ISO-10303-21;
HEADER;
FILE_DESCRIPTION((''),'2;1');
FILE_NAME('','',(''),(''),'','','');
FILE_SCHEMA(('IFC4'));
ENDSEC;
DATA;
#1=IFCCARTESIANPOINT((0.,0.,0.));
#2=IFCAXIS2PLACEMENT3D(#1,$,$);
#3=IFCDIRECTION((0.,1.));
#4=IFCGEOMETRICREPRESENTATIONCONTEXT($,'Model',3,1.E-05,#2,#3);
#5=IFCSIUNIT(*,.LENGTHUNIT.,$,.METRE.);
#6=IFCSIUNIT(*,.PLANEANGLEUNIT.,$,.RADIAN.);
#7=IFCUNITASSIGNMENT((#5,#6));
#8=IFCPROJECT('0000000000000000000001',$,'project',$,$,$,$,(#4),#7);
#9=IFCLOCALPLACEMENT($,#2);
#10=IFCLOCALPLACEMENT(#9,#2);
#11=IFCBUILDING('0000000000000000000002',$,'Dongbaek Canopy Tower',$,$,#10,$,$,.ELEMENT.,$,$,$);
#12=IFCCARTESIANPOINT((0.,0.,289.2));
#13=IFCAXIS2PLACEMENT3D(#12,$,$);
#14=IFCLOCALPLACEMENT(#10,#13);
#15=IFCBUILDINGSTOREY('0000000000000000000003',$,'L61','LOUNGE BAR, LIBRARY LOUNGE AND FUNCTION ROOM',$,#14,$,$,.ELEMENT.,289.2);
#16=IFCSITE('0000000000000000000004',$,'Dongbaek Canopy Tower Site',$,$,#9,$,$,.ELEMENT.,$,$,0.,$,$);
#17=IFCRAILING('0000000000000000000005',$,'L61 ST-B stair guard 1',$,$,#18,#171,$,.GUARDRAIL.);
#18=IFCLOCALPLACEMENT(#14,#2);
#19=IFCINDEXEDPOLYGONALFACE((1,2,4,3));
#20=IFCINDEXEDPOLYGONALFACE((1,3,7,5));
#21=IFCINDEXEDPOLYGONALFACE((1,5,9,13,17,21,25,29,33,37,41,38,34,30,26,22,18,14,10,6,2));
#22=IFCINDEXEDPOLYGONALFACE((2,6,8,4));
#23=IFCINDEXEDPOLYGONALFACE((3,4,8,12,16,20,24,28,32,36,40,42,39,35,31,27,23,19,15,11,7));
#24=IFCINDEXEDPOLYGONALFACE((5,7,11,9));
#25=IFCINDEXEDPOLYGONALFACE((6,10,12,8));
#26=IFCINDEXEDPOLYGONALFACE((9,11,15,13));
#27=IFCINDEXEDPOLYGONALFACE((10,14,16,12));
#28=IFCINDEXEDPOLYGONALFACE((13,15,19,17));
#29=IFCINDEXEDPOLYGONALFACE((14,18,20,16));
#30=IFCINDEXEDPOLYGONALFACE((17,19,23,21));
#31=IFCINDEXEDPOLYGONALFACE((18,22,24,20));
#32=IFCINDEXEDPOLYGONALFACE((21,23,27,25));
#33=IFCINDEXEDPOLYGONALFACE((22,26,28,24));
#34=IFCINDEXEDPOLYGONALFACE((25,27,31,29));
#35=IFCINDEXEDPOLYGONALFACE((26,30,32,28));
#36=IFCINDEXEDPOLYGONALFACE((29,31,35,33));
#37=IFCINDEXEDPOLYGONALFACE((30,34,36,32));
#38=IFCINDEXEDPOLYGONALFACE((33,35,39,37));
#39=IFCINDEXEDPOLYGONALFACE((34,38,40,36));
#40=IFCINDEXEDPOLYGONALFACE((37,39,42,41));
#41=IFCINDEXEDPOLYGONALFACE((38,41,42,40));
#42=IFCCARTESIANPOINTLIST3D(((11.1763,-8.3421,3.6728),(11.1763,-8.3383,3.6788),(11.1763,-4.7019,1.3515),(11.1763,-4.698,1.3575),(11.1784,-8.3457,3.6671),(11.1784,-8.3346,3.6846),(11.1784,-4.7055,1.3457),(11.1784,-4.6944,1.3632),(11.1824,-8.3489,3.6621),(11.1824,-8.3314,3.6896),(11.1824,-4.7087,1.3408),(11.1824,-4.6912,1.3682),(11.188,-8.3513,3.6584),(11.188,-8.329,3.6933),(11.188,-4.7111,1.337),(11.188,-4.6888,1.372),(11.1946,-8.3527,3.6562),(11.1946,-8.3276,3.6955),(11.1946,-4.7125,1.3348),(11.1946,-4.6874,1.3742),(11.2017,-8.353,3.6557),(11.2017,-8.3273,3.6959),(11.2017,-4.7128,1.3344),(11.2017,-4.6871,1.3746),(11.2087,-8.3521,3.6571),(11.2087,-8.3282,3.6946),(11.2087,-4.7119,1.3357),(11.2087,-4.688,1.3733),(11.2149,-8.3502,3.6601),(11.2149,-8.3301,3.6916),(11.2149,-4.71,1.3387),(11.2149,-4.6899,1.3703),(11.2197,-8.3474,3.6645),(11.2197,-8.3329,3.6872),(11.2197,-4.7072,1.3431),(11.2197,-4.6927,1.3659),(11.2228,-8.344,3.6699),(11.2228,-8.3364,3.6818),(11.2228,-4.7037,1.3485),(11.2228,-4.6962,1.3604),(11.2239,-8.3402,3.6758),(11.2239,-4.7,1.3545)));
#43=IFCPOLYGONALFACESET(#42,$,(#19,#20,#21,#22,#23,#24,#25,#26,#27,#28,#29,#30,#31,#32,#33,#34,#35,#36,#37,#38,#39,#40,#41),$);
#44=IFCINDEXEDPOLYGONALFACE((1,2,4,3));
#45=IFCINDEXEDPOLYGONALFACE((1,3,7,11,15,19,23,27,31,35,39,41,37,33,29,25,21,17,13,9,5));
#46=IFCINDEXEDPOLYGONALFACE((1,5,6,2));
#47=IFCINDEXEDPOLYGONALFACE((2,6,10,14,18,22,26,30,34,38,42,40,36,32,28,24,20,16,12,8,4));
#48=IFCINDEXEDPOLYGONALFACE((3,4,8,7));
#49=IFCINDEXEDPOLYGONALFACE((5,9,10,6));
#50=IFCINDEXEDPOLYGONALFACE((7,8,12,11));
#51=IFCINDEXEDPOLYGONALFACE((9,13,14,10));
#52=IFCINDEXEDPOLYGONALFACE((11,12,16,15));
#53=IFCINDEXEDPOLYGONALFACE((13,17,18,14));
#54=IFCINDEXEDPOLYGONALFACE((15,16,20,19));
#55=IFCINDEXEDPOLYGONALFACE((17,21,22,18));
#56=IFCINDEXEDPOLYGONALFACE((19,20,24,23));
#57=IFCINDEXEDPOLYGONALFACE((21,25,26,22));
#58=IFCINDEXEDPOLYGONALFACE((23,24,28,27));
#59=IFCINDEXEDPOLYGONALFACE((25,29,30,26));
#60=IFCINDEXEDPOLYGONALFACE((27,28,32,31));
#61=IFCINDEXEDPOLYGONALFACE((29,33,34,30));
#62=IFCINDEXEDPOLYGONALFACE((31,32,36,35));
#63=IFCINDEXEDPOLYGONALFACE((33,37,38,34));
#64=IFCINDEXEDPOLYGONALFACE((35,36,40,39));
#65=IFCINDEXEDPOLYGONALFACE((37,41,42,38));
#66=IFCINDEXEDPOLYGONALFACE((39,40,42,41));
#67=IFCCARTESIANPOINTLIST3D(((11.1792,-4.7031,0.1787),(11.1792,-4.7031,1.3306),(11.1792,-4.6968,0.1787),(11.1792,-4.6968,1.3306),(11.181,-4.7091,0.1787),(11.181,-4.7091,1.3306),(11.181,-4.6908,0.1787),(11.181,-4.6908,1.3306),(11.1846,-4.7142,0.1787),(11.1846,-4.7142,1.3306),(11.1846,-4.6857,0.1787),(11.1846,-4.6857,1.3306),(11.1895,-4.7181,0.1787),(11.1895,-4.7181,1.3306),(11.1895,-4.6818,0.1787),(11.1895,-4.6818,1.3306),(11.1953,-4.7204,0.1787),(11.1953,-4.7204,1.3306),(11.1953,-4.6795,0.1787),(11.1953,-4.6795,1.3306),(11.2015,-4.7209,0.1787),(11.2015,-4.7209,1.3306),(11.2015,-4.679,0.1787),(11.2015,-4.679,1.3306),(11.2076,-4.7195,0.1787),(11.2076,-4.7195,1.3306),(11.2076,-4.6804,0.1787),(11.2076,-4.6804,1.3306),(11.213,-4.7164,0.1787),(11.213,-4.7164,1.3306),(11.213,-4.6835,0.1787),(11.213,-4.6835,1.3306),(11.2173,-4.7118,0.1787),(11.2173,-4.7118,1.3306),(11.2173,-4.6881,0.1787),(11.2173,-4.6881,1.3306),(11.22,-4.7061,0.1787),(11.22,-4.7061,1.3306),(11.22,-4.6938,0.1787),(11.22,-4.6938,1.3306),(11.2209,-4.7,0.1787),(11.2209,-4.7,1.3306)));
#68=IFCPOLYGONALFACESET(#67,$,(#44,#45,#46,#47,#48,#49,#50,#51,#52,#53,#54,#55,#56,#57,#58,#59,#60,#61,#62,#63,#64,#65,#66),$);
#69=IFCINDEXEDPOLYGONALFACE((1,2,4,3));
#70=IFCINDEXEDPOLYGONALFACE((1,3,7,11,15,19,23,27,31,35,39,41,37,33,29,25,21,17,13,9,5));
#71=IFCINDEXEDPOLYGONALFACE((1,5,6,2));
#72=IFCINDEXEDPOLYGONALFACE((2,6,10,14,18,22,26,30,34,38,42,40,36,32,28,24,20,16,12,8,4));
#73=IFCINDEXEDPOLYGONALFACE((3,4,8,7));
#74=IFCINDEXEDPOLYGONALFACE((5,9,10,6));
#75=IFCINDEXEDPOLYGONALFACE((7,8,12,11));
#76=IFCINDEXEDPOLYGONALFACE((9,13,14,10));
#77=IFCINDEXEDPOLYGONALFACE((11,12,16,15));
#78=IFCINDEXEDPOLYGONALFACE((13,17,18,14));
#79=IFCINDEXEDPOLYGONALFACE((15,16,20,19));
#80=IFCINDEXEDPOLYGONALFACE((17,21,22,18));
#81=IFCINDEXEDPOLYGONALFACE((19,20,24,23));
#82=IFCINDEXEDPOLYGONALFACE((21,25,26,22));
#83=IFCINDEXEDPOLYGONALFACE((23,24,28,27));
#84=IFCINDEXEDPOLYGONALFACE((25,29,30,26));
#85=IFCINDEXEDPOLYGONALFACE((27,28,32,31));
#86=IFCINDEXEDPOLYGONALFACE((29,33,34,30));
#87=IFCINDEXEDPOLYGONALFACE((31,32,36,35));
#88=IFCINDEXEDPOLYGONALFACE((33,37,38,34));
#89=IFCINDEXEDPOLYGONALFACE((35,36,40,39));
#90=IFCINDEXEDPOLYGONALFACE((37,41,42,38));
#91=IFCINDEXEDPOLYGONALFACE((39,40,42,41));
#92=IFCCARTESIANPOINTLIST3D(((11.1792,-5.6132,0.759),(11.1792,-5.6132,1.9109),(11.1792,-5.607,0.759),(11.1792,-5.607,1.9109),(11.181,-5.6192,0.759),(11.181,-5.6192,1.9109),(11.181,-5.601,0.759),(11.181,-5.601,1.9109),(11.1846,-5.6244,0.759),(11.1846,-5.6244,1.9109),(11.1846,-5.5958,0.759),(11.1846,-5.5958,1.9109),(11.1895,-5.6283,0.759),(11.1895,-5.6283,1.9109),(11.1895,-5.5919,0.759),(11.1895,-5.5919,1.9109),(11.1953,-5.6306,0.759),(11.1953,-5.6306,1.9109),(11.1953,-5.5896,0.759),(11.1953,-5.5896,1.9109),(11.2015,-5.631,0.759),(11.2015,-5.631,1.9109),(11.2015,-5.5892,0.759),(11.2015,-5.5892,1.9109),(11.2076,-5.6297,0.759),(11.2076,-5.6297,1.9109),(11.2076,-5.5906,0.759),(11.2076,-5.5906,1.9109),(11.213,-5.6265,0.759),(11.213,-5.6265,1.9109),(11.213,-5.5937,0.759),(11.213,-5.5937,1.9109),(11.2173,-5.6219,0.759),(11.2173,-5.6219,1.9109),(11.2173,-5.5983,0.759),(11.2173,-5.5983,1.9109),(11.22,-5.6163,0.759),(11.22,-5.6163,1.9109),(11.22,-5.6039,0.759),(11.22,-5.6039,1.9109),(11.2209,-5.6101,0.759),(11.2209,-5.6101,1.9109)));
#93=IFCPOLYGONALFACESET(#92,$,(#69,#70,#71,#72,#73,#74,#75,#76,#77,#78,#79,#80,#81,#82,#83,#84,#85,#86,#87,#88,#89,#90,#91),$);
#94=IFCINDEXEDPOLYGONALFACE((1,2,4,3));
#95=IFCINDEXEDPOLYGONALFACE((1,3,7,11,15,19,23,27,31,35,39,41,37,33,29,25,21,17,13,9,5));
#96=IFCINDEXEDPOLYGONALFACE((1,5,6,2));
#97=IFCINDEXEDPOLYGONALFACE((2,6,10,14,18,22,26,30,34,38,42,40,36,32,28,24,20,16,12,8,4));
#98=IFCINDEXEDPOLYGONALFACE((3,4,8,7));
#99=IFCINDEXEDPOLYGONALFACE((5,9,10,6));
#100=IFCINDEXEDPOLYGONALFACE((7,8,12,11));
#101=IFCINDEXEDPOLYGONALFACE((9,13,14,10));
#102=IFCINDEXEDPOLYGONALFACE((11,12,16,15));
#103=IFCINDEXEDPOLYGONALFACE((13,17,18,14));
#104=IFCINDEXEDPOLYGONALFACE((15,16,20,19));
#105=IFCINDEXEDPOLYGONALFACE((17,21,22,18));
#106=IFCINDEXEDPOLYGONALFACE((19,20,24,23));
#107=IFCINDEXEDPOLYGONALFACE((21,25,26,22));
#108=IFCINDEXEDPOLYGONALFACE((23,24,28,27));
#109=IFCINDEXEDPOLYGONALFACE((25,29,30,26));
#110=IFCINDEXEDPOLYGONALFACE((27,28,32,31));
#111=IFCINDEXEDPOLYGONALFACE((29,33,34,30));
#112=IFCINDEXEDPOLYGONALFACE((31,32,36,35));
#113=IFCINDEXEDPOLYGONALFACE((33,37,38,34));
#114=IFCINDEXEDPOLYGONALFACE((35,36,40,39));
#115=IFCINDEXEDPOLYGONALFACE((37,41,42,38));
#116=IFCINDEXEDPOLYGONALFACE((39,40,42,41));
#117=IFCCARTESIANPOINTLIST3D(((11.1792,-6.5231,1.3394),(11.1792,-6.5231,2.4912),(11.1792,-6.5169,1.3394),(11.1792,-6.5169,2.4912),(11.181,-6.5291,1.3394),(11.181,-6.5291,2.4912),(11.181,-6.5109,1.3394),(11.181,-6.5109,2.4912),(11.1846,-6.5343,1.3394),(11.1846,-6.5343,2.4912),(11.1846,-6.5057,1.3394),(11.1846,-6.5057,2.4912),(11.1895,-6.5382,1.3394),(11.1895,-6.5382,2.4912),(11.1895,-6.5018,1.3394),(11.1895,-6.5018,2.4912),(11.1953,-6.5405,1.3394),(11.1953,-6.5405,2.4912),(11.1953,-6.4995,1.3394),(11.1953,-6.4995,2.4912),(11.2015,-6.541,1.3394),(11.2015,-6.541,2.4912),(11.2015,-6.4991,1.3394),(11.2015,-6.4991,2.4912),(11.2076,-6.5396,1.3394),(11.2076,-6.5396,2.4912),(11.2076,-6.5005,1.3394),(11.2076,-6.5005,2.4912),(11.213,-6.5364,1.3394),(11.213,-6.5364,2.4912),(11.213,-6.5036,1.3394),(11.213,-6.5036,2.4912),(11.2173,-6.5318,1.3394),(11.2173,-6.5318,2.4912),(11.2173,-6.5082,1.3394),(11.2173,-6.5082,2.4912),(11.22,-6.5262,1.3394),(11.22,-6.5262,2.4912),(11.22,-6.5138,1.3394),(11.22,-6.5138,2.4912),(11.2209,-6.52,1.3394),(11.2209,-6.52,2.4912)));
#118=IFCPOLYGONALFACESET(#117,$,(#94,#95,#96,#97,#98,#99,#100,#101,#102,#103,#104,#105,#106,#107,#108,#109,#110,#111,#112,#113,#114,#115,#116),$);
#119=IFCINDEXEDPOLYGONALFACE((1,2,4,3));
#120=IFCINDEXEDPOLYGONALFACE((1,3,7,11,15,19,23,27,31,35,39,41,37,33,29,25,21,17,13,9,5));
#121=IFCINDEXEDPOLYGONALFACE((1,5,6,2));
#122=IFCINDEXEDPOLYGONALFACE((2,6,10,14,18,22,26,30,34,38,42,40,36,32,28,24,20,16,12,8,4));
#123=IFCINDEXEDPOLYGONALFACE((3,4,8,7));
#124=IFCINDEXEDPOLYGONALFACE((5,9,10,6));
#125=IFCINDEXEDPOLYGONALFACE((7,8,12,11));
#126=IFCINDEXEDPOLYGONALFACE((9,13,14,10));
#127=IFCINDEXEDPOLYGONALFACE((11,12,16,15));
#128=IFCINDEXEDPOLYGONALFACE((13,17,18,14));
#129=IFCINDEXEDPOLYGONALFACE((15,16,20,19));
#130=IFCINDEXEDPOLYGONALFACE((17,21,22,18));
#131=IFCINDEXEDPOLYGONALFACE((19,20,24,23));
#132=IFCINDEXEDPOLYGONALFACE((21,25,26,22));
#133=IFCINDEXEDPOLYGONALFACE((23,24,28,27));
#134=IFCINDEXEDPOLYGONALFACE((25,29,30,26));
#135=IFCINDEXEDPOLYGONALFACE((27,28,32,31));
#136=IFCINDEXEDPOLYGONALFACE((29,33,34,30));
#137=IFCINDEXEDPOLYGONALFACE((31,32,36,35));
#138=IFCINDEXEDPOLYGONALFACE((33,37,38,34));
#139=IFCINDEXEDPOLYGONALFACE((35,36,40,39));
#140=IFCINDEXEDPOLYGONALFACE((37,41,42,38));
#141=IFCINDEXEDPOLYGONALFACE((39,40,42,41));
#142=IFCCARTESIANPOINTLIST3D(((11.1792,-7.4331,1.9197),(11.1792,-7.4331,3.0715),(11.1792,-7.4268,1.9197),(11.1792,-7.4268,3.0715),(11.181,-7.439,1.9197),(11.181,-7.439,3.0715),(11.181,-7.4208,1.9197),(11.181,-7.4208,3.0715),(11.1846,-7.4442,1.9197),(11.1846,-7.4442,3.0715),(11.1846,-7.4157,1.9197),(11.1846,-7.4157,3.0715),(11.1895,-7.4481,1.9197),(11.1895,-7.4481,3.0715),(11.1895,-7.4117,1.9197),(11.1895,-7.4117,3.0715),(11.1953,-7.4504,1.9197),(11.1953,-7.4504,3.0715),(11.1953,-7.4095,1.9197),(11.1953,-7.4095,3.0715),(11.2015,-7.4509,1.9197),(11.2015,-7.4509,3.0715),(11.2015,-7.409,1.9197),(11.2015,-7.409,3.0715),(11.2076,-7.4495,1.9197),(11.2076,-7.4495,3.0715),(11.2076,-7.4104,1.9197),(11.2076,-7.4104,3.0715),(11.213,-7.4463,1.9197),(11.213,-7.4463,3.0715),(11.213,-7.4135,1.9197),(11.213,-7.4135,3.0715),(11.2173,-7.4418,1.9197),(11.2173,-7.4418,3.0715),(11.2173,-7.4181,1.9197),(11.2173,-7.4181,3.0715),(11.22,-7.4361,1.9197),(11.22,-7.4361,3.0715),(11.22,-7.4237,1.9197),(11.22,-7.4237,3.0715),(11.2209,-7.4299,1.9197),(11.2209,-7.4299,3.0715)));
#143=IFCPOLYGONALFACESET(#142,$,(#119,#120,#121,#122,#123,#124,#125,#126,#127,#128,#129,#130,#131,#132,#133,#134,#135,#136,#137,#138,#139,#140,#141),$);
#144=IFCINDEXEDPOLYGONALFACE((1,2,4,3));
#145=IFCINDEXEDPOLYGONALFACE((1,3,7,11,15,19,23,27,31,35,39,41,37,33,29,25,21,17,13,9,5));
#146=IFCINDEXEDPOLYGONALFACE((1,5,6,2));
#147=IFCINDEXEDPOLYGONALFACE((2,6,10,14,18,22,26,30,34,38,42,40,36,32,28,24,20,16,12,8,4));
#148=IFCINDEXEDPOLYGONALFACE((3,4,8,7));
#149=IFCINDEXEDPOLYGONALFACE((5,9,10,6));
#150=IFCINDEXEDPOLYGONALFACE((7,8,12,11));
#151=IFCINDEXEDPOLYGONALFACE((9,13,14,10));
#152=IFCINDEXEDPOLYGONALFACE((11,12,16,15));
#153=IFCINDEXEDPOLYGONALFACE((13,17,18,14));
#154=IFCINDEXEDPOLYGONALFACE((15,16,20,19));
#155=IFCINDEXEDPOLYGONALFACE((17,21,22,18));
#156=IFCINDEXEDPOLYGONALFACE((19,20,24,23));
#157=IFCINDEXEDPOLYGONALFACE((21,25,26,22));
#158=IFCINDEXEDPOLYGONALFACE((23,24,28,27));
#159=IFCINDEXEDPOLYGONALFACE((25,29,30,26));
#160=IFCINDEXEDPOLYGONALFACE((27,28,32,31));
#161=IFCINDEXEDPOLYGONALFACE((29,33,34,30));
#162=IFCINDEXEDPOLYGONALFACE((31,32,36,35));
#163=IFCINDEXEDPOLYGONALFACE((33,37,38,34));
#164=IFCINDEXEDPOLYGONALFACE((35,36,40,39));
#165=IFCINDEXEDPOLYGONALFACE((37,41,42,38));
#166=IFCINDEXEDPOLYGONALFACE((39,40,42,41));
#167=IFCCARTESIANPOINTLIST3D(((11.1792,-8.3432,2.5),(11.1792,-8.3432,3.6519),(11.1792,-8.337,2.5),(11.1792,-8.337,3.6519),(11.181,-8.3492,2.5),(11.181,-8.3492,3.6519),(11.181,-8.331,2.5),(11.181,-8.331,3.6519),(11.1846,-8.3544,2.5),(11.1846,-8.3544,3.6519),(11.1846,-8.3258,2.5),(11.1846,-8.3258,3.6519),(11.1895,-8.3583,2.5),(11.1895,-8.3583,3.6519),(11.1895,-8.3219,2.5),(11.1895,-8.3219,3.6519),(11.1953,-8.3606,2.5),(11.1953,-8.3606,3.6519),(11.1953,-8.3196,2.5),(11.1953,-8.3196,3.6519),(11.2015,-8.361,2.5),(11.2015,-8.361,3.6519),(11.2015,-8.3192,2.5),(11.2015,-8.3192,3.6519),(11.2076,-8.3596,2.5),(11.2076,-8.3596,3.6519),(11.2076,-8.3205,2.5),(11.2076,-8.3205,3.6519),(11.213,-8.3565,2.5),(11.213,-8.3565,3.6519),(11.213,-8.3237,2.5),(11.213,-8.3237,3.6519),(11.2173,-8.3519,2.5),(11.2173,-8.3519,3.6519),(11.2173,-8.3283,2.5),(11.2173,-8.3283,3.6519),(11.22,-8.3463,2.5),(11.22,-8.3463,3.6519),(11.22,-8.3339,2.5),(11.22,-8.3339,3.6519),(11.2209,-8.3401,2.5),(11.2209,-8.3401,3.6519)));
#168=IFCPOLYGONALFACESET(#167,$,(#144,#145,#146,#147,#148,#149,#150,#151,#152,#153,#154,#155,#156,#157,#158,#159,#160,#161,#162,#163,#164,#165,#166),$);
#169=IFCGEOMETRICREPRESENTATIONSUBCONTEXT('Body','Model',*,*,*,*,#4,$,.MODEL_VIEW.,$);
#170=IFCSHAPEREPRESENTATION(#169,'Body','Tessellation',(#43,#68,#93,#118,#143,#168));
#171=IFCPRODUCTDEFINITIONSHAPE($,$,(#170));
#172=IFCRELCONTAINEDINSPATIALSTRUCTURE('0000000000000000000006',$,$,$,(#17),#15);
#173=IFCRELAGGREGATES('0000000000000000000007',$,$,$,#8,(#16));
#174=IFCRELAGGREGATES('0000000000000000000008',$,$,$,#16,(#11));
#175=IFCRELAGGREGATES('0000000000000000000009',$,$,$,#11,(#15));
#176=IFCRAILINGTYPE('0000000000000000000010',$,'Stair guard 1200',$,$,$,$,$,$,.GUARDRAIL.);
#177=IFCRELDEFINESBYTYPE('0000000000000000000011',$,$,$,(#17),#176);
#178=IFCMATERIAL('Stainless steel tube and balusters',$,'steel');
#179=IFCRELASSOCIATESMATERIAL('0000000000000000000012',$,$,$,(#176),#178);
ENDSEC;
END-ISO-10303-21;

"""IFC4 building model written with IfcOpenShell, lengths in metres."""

from ifc_helpers import new_model, si_unit, direction, frame, origin, origin_2d, place, context, subcontext, project, spatial, circle, extrude, material, type_object, element, save


model = new_model("IFC4")

# Units and contexts
model_context = context("Model", 3, precision=1e-05, world=origin(), true_north=direction((0.0, 1.0)))
body_context = subcontext(model_context, "Body", "Model", "MODEL_VIEW")
ifc_project = project(units=[si_unit("LENGTHUNIT", "METRE"), si_unit("PLANEANGLEUNIT", "RADIAN")], contexts=[model_context])

# Site, building, storey
site_placement = place(None, origin())
site = spatial("IfcSite", under=ifc_project, at=site_placement, Name="Dongbaek Canopy Tower Site", CompositionType="ELEMENT", RefElevation=0.0)
building_placement = place(site_placement, origin())
building = spatial("IfcBuilding", under=site, at=building_placement, Name="Dongbaek Canopy Tower", CompositionType="ELEMENT")
storey_placement = place(building_placement, frame((0.0, 0.0, 289.2)))
storey = spatial("IfcBuildingStorey", under=building, at=storey_placement, Name="L61", Description="LOUNGE BAR, LIBRARY LOUNGE AND FUNCTION ROOM", CompositionType="ELEMENT", Elevation=289.2)

# Railing
ifc_material_1 = material(Name="Stainless steel tube and balusters", Category="steel")
railing_type_1 = type_object("IfcRailingType", Name="Stair guard 1200", PredefinedType="GUARDRAIL", material=ifc_material_1)
railing_1_placement = place(storey_placement, frame((11.2, -4.7, 0.1787)))
element("IfcRailing", 1, at=railing_1_placement, inside=storey, type_object=railing_type_1, Name="L61 ST-B stair guard 1", PredefinedType="GUARDRAIL", context=body_context, shape_type="SweptSolid", body=[
    extrude(circle(Radius=0.0239, at=origin_2d()), frame((0.0, 0.0, 1.1758), z_axis=(0.0, -0.843153, 0.537673), x_axis=(1.0, 0.0, 0.0)), (0.0, 0.0, 1.0), 4.3174),
    extrude(circle(Radius=0.021, at=origin_2d()), origin(), (0.0, 0.0, 1.0), 1.1519),
    extrude(circle(Radius=0.021, at=origin_2d()), frame((0.0, -0.9102, 0.5803)), (0.0, 0.0, 1.0), 1.1519),
    extrude(circle(Radius=0.021, at=origin_2d()), frame((0.0, -1.8201, 1.1606)), (0.0, 0.0, 1.0), 1.1519),
    extrude(circle(Radius=0.021, at=origin_2d()), frame((0.0, -2.73, 1.741)), (0.0, 0.0, 1.0), 1.1519),
    extrude(circle(Radius=0.021, at=origin_2d()), frame((0.0, -3.6401, 2.3213)), (0.0, 0.0, 1.0), 1.1519),
])

save(model, "model.ifc")
